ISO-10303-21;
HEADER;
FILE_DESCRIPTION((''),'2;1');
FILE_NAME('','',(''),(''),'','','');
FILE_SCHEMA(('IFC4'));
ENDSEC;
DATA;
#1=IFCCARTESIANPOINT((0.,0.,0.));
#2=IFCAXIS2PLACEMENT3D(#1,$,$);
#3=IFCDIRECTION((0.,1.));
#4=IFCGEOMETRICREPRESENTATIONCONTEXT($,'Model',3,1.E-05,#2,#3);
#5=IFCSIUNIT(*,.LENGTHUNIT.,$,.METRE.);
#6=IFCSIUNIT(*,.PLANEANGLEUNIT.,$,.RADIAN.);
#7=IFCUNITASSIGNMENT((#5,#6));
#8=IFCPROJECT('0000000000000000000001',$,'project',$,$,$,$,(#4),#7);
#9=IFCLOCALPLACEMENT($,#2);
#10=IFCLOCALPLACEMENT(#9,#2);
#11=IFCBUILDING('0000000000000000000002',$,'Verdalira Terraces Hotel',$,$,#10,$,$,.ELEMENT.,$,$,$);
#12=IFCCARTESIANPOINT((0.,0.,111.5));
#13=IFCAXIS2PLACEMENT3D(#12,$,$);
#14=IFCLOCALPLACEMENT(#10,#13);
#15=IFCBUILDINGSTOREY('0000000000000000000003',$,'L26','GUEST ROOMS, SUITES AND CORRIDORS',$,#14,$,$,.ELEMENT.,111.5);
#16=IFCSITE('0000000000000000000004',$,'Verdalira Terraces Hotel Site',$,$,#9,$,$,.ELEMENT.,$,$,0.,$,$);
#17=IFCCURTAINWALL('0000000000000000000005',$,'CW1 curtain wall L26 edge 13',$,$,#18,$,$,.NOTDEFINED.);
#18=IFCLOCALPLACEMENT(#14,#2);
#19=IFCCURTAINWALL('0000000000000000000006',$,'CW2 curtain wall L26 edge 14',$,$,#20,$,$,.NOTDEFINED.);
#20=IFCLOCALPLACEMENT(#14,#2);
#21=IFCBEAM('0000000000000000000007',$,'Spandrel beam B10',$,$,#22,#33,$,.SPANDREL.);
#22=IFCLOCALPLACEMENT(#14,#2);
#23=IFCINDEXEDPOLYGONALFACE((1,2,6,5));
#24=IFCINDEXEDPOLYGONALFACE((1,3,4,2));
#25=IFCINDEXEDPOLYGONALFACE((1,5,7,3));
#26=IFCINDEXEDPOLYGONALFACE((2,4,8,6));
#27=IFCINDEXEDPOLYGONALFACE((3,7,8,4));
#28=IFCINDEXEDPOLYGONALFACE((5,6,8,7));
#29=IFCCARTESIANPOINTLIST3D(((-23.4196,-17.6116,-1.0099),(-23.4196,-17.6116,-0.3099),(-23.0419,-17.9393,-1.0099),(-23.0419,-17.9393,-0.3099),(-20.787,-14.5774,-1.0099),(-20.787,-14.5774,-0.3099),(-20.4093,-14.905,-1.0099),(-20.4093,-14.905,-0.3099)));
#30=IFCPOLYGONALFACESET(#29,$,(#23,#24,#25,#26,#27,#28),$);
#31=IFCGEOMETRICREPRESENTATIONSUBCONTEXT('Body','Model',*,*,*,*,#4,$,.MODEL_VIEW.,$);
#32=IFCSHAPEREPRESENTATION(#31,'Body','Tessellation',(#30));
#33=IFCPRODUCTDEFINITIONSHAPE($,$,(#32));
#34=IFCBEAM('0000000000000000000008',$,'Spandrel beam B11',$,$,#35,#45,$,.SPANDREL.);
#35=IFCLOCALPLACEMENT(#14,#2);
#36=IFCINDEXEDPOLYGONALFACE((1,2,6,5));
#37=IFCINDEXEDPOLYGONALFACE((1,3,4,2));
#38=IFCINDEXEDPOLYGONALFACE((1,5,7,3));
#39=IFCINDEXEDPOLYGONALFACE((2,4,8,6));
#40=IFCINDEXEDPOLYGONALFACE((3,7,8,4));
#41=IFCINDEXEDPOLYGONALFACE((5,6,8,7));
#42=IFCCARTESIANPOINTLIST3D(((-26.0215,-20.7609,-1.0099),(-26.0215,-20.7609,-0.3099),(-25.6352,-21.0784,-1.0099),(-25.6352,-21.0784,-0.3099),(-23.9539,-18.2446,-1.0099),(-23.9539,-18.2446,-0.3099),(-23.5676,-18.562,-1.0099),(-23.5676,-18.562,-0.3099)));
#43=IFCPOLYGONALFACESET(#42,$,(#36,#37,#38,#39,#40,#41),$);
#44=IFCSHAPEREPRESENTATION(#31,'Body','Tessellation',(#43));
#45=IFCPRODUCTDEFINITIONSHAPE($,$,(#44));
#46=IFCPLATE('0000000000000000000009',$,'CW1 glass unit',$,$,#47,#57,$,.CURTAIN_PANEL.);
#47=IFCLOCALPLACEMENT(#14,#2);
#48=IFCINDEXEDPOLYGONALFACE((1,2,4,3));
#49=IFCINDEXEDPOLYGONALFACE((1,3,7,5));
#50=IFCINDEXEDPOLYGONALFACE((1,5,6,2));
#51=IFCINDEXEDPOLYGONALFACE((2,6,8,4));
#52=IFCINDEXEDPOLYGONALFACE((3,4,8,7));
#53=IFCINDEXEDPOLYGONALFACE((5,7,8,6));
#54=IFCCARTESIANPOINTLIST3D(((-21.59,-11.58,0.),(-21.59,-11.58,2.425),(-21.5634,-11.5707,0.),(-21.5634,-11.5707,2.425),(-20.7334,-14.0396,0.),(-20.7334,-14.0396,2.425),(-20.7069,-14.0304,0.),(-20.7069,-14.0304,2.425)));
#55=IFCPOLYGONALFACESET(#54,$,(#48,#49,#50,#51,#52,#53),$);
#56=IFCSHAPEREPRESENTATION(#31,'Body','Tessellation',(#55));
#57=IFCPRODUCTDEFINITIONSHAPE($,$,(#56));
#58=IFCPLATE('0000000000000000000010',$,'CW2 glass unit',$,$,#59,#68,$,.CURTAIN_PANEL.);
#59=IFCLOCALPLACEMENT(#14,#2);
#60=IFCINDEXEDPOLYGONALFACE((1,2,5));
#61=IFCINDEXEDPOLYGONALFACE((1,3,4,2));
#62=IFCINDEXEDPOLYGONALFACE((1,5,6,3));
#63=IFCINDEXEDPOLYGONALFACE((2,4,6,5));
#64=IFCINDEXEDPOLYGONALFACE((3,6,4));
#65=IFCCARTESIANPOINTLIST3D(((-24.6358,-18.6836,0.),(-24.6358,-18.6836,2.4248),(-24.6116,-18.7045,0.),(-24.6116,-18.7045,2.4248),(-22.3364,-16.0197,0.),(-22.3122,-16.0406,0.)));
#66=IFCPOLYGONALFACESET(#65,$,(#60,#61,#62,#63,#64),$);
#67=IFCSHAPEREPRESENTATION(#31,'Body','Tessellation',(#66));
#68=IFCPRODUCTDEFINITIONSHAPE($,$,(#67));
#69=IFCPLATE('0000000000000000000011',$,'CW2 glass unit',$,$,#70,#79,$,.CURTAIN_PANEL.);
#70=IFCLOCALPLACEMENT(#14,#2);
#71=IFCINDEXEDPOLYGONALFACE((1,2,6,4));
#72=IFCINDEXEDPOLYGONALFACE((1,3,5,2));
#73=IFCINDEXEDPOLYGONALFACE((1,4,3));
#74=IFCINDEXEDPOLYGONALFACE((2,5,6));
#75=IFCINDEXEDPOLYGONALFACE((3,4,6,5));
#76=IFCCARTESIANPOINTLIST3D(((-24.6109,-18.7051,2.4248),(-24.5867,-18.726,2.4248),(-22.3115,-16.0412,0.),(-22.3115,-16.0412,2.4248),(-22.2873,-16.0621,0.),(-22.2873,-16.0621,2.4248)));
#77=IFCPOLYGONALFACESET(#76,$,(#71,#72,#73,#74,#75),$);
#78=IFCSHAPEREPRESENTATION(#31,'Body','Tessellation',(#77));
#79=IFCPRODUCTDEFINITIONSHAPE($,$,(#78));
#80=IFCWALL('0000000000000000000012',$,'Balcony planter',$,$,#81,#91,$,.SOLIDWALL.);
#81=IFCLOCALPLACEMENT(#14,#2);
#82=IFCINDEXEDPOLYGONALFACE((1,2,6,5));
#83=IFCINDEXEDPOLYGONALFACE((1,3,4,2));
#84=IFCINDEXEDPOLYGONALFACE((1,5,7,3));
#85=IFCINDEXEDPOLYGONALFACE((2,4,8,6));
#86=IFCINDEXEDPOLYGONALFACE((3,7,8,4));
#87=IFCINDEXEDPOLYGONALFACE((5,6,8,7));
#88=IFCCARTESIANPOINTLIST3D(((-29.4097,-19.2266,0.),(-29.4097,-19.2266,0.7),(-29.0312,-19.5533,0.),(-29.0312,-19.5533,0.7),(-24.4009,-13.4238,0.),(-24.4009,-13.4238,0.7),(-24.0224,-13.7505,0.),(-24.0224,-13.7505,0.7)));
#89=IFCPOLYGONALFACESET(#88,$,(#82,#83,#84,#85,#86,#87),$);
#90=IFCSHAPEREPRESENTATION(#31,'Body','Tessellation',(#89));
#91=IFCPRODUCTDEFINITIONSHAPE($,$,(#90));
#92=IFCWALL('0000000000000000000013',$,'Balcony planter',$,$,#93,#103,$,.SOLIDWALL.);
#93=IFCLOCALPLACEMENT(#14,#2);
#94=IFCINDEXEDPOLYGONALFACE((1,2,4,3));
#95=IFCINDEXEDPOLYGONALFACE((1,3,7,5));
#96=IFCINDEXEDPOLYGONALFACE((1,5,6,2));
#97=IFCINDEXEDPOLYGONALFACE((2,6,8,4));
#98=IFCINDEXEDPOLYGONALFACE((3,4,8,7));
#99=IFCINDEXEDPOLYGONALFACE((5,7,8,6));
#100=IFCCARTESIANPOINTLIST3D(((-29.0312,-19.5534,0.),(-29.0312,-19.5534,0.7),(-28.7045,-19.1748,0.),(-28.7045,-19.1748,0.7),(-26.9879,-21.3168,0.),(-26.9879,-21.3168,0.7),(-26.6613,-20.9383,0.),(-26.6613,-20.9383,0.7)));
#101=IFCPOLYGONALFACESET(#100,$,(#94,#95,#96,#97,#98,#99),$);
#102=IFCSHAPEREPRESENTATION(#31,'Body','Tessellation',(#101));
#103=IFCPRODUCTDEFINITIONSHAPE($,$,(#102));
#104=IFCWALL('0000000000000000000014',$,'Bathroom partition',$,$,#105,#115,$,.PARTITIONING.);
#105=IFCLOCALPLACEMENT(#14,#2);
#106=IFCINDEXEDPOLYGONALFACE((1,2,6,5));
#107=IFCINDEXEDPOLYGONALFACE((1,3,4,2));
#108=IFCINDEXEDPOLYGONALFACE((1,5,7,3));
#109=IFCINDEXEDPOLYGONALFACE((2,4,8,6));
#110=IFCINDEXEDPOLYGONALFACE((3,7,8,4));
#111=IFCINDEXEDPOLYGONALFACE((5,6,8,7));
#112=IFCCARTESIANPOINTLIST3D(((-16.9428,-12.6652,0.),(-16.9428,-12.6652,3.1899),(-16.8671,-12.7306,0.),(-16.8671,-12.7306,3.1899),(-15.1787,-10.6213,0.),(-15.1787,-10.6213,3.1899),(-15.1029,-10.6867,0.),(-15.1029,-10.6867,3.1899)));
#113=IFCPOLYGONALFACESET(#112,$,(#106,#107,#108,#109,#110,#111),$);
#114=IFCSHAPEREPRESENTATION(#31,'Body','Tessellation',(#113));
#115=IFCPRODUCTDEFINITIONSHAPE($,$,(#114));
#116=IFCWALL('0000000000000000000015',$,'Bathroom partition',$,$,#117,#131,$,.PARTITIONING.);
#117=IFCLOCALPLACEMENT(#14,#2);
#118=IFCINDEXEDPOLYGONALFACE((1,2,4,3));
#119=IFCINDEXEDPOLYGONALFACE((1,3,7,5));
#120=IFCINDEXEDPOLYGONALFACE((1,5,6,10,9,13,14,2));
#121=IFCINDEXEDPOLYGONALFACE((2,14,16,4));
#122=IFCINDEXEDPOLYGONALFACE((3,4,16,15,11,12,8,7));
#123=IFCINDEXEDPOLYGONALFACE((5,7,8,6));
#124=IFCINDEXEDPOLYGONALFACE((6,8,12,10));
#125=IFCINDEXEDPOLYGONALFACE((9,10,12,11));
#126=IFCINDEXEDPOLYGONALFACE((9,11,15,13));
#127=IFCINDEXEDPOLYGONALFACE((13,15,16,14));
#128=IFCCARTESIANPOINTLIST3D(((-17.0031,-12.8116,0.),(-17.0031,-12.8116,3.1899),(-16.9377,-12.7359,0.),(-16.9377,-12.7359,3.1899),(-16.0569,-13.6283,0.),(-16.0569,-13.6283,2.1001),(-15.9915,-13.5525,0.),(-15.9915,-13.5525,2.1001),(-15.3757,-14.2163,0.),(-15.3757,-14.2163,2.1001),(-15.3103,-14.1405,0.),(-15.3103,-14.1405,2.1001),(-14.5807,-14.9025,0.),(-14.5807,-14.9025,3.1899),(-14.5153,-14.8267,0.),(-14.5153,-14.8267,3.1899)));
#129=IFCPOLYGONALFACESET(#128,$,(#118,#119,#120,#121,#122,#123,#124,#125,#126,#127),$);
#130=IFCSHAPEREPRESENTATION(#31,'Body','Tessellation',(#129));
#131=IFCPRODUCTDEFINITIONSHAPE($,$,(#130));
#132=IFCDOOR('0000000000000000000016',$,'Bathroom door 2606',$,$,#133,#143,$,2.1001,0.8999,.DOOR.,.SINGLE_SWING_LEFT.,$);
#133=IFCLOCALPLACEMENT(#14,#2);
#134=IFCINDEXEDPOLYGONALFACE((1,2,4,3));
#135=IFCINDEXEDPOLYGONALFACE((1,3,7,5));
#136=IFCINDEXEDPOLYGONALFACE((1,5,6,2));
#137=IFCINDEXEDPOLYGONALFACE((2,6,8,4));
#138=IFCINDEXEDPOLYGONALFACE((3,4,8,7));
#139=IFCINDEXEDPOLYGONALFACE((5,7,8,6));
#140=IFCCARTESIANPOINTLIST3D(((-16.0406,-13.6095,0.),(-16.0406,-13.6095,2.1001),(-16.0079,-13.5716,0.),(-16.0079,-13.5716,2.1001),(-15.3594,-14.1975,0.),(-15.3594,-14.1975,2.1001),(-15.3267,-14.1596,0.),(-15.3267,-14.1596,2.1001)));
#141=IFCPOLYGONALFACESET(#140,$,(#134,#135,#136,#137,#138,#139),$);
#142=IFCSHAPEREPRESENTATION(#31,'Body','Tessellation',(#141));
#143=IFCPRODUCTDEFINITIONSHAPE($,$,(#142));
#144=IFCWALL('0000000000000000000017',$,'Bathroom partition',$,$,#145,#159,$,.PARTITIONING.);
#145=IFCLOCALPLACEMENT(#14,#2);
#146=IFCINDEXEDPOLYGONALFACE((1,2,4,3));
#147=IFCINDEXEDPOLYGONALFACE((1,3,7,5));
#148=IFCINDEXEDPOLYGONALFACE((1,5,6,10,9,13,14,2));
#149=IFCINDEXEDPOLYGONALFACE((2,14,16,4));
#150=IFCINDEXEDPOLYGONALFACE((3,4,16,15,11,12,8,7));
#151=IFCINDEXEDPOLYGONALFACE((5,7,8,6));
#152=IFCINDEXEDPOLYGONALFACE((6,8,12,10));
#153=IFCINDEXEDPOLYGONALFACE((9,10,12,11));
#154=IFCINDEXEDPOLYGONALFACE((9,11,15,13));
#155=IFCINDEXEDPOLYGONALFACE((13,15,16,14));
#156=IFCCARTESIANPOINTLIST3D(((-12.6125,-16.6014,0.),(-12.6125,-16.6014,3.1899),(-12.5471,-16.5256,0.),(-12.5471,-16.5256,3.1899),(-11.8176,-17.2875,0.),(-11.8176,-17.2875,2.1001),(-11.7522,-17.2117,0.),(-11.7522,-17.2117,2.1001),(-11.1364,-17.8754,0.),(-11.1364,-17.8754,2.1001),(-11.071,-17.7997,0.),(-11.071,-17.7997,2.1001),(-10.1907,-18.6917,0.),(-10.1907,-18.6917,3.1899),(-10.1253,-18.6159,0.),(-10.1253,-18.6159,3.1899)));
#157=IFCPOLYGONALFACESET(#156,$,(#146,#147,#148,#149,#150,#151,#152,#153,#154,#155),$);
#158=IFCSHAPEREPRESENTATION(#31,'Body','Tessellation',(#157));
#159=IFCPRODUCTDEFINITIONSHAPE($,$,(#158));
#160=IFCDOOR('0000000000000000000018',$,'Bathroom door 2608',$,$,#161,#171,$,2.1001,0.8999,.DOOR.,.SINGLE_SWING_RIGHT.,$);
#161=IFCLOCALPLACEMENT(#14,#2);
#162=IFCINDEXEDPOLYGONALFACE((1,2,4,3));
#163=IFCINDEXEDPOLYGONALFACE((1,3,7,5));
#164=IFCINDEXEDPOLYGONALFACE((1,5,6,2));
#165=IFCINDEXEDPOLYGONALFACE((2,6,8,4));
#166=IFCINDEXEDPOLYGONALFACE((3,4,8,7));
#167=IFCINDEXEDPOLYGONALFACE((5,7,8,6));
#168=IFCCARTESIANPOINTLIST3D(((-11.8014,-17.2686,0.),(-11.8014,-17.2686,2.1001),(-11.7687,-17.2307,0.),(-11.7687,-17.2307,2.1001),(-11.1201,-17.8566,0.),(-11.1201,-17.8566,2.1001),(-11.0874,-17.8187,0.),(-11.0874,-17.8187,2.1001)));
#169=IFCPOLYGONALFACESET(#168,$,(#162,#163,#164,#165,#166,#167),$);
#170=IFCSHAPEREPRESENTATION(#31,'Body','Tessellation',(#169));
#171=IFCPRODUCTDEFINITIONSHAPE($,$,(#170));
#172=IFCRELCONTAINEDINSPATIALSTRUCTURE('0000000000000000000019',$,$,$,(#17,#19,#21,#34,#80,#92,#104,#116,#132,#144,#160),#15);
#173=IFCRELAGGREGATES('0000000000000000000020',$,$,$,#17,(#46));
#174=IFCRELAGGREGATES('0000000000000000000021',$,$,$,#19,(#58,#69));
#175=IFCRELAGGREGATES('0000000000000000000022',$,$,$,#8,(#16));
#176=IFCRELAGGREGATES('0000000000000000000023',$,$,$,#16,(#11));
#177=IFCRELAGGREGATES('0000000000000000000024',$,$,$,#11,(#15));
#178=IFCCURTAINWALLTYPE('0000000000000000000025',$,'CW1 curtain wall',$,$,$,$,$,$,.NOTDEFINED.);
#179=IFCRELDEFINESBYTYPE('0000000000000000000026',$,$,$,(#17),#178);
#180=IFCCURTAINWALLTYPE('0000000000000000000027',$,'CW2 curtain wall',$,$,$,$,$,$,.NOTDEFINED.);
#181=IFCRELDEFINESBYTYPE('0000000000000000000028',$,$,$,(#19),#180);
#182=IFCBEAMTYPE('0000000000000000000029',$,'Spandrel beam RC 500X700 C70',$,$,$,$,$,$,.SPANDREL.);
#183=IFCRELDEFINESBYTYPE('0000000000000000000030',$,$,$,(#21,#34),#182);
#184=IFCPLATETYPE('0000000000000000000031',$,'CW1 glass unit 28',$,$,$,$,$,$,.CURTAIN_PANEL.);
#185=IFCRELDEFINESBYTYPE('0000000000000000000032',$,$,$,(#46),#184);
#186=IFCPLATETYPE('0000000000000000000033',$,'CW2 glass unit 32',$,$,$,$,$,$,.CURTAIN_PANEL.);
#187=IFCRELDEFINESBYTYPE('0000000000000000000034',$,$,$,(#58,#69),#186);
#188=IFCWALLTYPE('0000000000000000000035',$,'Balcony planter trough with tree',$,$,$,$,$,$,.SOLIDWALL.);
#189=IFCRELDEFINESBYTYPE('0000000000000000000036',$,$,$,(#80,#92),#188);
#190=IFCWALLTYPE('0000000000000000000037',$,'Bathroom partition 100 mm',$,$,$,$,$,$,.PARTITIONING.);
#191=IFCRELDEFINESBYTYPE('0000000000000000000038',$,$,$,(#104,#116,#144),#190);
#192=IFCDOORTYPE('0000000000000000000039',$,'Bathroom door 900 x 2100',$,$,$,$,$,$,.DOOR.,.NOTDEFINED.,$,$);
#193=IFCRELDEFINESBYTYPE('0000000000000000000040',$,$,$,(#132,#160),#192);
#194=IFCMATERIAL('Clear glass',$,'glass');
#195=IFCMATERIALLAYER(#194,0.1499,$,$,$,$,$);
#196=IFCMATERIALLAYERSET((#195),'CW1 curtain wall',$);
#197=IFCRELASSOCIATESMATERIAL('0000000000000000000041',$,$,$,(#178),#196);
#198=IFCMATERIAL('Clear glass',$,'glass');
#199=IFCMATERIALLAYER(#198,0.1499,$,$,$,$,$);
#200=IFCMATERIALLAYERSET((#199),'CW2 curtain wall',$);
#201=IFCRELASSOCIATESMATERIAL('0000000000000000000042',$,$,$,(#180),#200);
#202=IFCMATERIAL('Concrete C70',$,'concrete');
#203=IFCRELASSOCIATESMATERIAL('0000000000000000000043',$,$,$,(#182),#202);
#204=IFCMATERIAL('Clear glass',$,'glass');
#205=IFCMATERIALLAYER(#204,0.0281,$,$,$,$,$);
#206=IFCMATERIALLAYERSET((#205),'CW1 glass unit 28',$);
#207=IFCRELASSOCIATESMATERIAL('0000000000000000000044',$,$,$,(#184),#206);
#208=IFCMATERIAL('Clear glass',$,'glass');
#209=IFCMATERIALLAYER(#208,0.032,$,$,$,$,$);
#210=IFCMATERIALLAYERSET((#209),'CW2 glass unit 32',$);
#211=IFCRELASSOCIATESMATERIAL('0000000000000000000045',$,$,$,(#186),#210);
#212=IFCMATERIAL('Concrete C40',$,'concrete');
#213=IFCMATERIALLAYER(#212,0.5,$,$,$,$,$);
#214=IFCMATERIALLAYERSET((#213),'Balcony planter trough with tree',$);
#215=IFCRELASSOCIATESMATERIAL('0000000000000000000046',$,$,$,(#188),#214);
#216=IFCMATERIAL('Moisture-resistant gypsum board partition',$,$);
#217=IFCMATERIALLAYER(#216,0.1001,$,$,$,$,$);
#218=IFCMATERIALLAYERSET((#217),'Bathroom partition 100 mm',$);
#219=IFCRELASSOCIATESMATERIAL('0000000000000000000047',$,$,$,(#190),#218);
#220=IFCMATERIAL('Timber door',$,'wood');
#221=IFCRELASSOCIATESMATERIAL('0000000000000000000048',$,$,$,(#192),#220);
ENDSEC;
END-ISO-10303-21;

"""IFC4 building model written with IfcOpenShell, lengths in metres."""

from ifc_helpers import new_model, si_unit, direction, frame, frame_2d, origin, origin_2d, place, context, subcontext, project, spatial, polyline, rectangle, outline, extrude, material, layer, layer_set, material_profile, profile_set, type_object, element, fill, aggregate, save


model = new_model("IFC4")

# Units and contexts
model_context = context("Model", 3, precision=1e-05, world=origin(), true_north=direction((0.0, 1.0)))
body_context = subcontext(model_context, "Body", "Model", "MODEL_VIEW")
ifc_project = project(units=[si_unit("LENGTHUNIT", "METRE"), si_unit("PLANEANGLEUNIT", "RADIAN")], contexts=[model_context])

# Site, building, storey
site_placement = place(None, origin())
site = spatial("IfcSite", under=ifc_project, at=site_placement, Name="Verdalira Terraces Hotel Site", CompositionType="ELEMENT", RefElevation=0.0)
building_placement = place(site_placement, origin())
building = spatial("IfcBuilding", under=site, at=building_placement, Name="Verdalira Terraces Hotel", CompositionType="ELEMENT")
storey_placement = place(building_placement, frame((0.0, 0.0, 111.5)))
storey = spatial("IfcBuildingStorey", under=building, at=storey_placement, Name="L26", Description="GUEST ROOMS, SUITES AND CORRIDORS", CompositionType="ELEMENT", Elevation=111.5)

# Curtain wall
ifc_material_1 = material(Name="Clear glass", Category="glass")
ifc_layer_1 = layer(ifc_material_1, 0.1499)
ifc_layer_set_1 = layer_set([ifc_layer_1], Name="CW1 curtain wall")
curtain_wall_type_1 = type_object("IfcCurtainWallType", Name="CW1 curtain wall", PredefinedType="NOTDEFINED", material=ifc_layer_set_1)
curtain_wall_1_placement = place(storey_placement, origin())
curtain_wall_1 = element("IfcCurtainWall", 1, at=curtain_wall_1_placement, inside=storey, type_object=curtain_wall_type_1, Name="CW1 curtain wall L26 edge 13", PredefinedType="NOTDEFINED")

# Curtain wall
ifc_material_2 = material(Name="Clear glass", Category="glass")
ifc_layer_2 = layer(ifc_material_2, 0.1499)
ifc_layer_set_2 = layer_set([ifc_layer_2], Name="CW2 curtain wall")
curtain_wall_type_2 = type_object("IfcCurtainWallType", Name="CW2 curtain wall", PredefinedType="NOTDEFINED", material=ifc_layer_set_2)
curtain_wall_2_placement = place(storey_placement, origin())
curtain_wall_2 = element("IfcCurtainWall", 2, at=curtain_wall_2_placement, inside=storey, type_object=curtain_wall_type_2, Name="CW2 curtain wall L26 edge 14", PredefinedType="NOTDEFINED")

# Beams
ifc_material_3 = material(Name="Concrete C70", Category="concrete")
ifc_material_profile_1 = material_profile(ifc_material_3, rectangle(XDim=0.5, YDim=0.7, at=origin_2d()), Name="RC 500X700")
ifc_profile_set_1 = profile_set([ifc_material_profile_1], Name="Concrete C70")
beam_type_1 = type_object("IfcBeamType", Name="Spandrel beam RC 500X700 C70", PredefinedType="SPANDREL", material=ifc_profile_set_1)
beam_1_placement = place(storey_placement, frame((-20.5981, -14.7412, -0.6599), z_axis=(-0.655349, -0.755326, 0.0), x_axis=(0.755326, -0.655349, 0.0)))
element("IfcBeam", 3, at=beam_1_placement, inside=storey, type_object=beam_type_1, Name="Spandrel beam B10", PredefinedType="SPANDREL", context=body_context, shape_type="SweptSolid", body=[
    extrude(rectangle(XDim=0.5, YDim=0.7, at=origin_2d()), origin(), (0.0, 0.0, 1.0), 4.0171),
])
beam_2_placement = place(storey_placement, frame((-23.7607, -18.4033, -0.6599), z_axis=(-0.634853, -0.772633, 0.0), x_axis=(0.772633, -0.634853, 0.0)))
element("IfcBeam", 4, at=beam_2_placement, inside=storey, type_object=beam_type_1, Name="Spandrel beam B11", PredefinedType="SPANDREL", context=body_context, shape_type="SweptSolid", body=[
    extrude(rectangle(XDim=0.5, YDim=0.7, at=origin_2d()), origin(), (0.0, 0.0, 1.0), 3.2568),
])

# Plates
ifc_material_4 = material(Name="Clear glass", Category="glass")
ifc_layer_3 = layer(ifc_material_4, 0.0281)
ifc_layer_set_3 = layer_set([ifc_layer_3], Name="CW1 glass unit 28")
plate_type_1 = type_object("IfcPlateType", Name="CW1 glass unit 28", PredefinedType="CURTAIN_PANEL", material=ifc_layer_set_3)
plate_1_placement = place(storey_placement, frame((-21.1484, -12.8052, 0.0), z_axis=(0.0, 0.0, 1.0), x_axis=(0.328867, -0.944376, 0.0)))
plate_1 = element("IfcPlate", 5, at=plate_1_placement, type_object=plate_type_1, Name="CW1 glass unit", PredefinedType="CURTAIN_PANEL", context=body_context, shape_type="SweptSolid", body=[
    extrude(rectangle(XDim=2.6045, YDim=0.0281, at=origin_2d()), origin(), (0.0, 0.0, 1.0), 2.425),
])
aggregate(curtain_wall_1, [plate_1])
ifc_material_5 = material(Name="Clear glass", Category="glass")
ifc_layer_4 = layer(ifc_material_5, 0.032)
ifc_layer_set_4 = layer_set([ifc_layer_4], Name="CW2 glass unit 32")
plate_type_2 = type_object("IfcPlateType", Name="CW2 glass unit 32", PredefinedType="CURTAIN_PANEL", material=ifc_layer_set_4)
plate_2_placement = place(storey_placement, frame((-23.4619, -17.3726, 1.2124), z_axis=(-0.756995, 0.653421, 0.0), x_axis=(-0.653421, -0.756995, 0.0)))
plate_2 = element("IfcPlate", 6, at=plate_2_placement, type_object=plate_type_2, Name="CW2 glass unit", PredefinedType="CURTAIN_PANEL", context=body_context, shape_type="SweptSolid", body=[
    extrude(outline(polyline([(-1.7595, -1.2124), (1.7595, -1.2124), (1.7595, 1.2124), (-1.7595, -1.2124)])), origin(), (0.0, 0.0, 1.0), 0.032),
])
plate_3_placement = place(storey_placement, frame((-23.437, -17.394, 1.2124), z_axis=(-0.756995, 0.653421, 0.0), x_axis=(-0.653421, -0.756995, 0.0)))
plate_3 = element("IfcPlate", 7, at=plate_3_placement, type_object=plate_type_2, Name="CW2 glass unit", PredefinedType="CURTAIN_PANEL", context=body_context, shape_type="SweptSolid", body=[
    extrude(outline(polyline([(-1.7595, -1.2124), (1.7595, 1.2124), (-1.7595, 1.2124), (-1.7595, -1.2124)])), origin(), (0.0, 0.0, 1.0), 0.032),
])
aggregate(curtain_wall_2, [plate_2, plate_3])

# Walls
ifc_material_6 = material(Name="Concrete C40", Category="concrete")
ifc_layer_5 = layer(ifc_material_6, 0.5)
ifc_layer_set_5 = layer_set([ifc_layer_5], Name="Balcony planter trough with tree")
wall_type_1 = type_object("IfcWallType", Name="Balcony planter trough with tree", PredefinedType="SOLIDWALL", material=ifc_layer_set_5)
wall_1_placement = place(storey_placement, frame((-24.2117, -13.5872, 0.0), z_axis=(0.0, 0.0, 1.0), x_axis=(-0.653421, -0.756995, 0.0)))
element("IfcWall", 8, at=wall_1_placement, inside=storey, type_object=wall_type_1, Name="Balcony planter", PredefinedType="SOLIDWALL", context=body_context, shape_type="SweptSolid", body=[
    extrude(rectangle(XDim=7.6655, YDim=0.5, at=frame_2d((3.8328, 0.0))), origin(), (0.0, 0.0, 1.0), 0.7),
])
wall_2_placement = place(storey_placement, frame((-28.8679, -19.364, 0.0), z_axis=(0.0, 0.0, 1.0), x_axis=(0.757037, -0.653373, 0.0)))
element("IfcWall", 9, at=wall_2_placement, inside=storey, type_object=wall_type_1, Name="Balcony planter", PredefinedType="SOLIDWALL", context=body_context, shape_type="SweptSolid", body=[
    extrude(rectangle(XDim=2.699, YDim=0.5, at=frame_2d((1.3496, 0.0))), origin(), (0.0, 0.0, 1.0), 0.7),
])
ifc_material_7 = material(Name="Moisture-resistant gypsum board partition")
ifc_layer_6 = layer(ifc_material_7, 0.1001)
ifc_layer_set_6 = layer_set([ifc_layer_6], Name="Bathroom partition 100 mm")
wall_type_2 = type_object("IfcWallType", Name="Bathroom partition 100 mm", PredefinedType="PARTITIONING", material=ifc_layer_set_6)
wall_3_placement = place(storey_placement, frame((-16.905, -12.698, 0.0), z_axis=(0.0, 0.0, 1.0), x_axis=(0.653394, 0.757018, 0.0)))
element("IfcWall", 10, at=wall_3_placement, inside=storey, type_object=wall_type_2, Name="Bathroom partition", PredefinedType="PARTITIONING", context=body_context, shape_type="SweptSolid", body=[
    extrude(rectangle(XDim=2.7, YDim=0.1001, at=frame_2d((1.3501, 0.0))), origin(), (0.0, 0.0, 1.0), 3.1899),
])

# Walls, openings, doors
wall_4_placement = place(storey_placement, frame((-16.9705, -12.7737, 0.0), z_axis=(0.0, 0.0, 1.0), x_axis=(0.757012, -0.653401, 0.0)))
wall_4 = element("IfcWall", 11, at=wall_4_placement, inside=storey, type_object=wall_type_2, Name="Bathroom partition", PredefinedType="PARTITIONING", context=body_context, shape_type="SweptSolid", body=[
    extrude(rectangle(XDim=3.2, YDim=0.1001, at=frame_2d((1.6001, 0.0))), origin(), (0.0, 0.0, 1.0), 3.1899),
])
opening_1_placement = place(wall_4_placement, frame((1.25, 0.0, 0.0)))
opening_1 = element("IfcOpeningElement", 12, at=opening_1_placement, cuts=wall_4, PredefinedType="OPENING", context=body_context, shape_type="SweptSolid", body=[
    extrude(rectangle(XDim=0.8999, YDim=2.1001, at=frame_2d((0.45, 1.05))), frame((0.0, 0.0601, 0.0), z_axis=(0.0, -1.0, 0.0), x_axis=(1.0, 0.0, 0.0)), (0.0, 0.0, 1.0), 0.1201),
])
ifc_material_8 = material(Name="Timber door", Category="wood")
door_type_1 = type_object("IfcDoorType", Name="Bathroom door 900 x 2100", OperationType="NOTDEFINED", PredefinedType="DOOR", material=ifc_material_8)
door_1_placement = place(opening_1_placement, origin())
door_1 = element("IfcDoor", 13, at=door_1_placement, inside=storey, type_object=door_type_1, Name="Bathroom door 2606", OperationType="SINGLE_SWING_LEFT", OverallHeight=2.1001, OverallWidth=0.8999, PredefinedType="DOOR", context=body_context, shape_type="SweptSolid", body=[
    extrude(rectangle(XDim=0.8999, YDim=2.1001, at=frame_2d((0.45, 1.05))), frame((0.0, 0.0249, 0.0), z_axis=(0.0, -1.0, 0.0), x_axis=(1.0, 0.0, 0.0)), (0.0, 0.0, 1.0), 0.05),
])
fill(opening_1, door_1)
wall_5_placement = place(storey_placement, frame((-12.5798, -16.5635, 0.0), z_axis=(0.0, 0.0, 1.0), x_axis=(0.757022, -0.653389, 0.0)))
wall_5 = element("IfcWall", 14, at=wall_5_placement, inside=storey, type_object=wall_type_2, Name="Bathroom partition", PredefinedType="PARTITIONING", context=body_context, shape_type="SweptSolid", body=[
    extrude(rectangle(XDim=3.1992, YDim=0.1001, at=frame_2d((1.5996, 0.0))), origin(), (0.0, 0.0, 1.0), 3.1899),
])
opening_2_placement = place(wall_5_placement, frame((1.05, 0.0, 0.0)))
opening_2 = element("IfcOpeningElement", 15, at=opening_2_placement, cuts=wall_5, PredefinedType="OPENING", context=body_context, shape_type="SweptSolid", body=[
    extrude(rectangle(XDim=0.8999, YDim=2.1001, at=frame_2d((0.45, 1.05))), frame((0.0, 0.0601, 0.0), z_axis=(0.0, -1.0, 0.0), x_axis=(1.0, 0.0, 0.0)), (0.0, 0.0, 1.0), 0.1201),
])
door_2_placement = place(opening_2_placement, origin())
door_2 = element("IfcDoor", 16, at=door_2_placement, inside=storey, type_object=door_type_1, Name="Bathroom door 2608", OperationType="SINGLE_SWING_RIGHT", OverallHeight=2.1001, OverallWidth=0.8999, PredefinedType="DOOR", context=body_context, shape_type="SweptSolid", body=[
    extrude(rectangle(XDim=0.8999, YDim=2.1001, at=frame_2d((0.45, 1.05))), frame((0.0, 0.0249, 0.0), z_axis=(0.0, -1.0, 0.0), x_axis=(1.0, 0.0, 0.0)), (0.0, 0.0, 1.0), 0.05),
])
fill(opening_2, door_2)

save(model, "model.ifc")
